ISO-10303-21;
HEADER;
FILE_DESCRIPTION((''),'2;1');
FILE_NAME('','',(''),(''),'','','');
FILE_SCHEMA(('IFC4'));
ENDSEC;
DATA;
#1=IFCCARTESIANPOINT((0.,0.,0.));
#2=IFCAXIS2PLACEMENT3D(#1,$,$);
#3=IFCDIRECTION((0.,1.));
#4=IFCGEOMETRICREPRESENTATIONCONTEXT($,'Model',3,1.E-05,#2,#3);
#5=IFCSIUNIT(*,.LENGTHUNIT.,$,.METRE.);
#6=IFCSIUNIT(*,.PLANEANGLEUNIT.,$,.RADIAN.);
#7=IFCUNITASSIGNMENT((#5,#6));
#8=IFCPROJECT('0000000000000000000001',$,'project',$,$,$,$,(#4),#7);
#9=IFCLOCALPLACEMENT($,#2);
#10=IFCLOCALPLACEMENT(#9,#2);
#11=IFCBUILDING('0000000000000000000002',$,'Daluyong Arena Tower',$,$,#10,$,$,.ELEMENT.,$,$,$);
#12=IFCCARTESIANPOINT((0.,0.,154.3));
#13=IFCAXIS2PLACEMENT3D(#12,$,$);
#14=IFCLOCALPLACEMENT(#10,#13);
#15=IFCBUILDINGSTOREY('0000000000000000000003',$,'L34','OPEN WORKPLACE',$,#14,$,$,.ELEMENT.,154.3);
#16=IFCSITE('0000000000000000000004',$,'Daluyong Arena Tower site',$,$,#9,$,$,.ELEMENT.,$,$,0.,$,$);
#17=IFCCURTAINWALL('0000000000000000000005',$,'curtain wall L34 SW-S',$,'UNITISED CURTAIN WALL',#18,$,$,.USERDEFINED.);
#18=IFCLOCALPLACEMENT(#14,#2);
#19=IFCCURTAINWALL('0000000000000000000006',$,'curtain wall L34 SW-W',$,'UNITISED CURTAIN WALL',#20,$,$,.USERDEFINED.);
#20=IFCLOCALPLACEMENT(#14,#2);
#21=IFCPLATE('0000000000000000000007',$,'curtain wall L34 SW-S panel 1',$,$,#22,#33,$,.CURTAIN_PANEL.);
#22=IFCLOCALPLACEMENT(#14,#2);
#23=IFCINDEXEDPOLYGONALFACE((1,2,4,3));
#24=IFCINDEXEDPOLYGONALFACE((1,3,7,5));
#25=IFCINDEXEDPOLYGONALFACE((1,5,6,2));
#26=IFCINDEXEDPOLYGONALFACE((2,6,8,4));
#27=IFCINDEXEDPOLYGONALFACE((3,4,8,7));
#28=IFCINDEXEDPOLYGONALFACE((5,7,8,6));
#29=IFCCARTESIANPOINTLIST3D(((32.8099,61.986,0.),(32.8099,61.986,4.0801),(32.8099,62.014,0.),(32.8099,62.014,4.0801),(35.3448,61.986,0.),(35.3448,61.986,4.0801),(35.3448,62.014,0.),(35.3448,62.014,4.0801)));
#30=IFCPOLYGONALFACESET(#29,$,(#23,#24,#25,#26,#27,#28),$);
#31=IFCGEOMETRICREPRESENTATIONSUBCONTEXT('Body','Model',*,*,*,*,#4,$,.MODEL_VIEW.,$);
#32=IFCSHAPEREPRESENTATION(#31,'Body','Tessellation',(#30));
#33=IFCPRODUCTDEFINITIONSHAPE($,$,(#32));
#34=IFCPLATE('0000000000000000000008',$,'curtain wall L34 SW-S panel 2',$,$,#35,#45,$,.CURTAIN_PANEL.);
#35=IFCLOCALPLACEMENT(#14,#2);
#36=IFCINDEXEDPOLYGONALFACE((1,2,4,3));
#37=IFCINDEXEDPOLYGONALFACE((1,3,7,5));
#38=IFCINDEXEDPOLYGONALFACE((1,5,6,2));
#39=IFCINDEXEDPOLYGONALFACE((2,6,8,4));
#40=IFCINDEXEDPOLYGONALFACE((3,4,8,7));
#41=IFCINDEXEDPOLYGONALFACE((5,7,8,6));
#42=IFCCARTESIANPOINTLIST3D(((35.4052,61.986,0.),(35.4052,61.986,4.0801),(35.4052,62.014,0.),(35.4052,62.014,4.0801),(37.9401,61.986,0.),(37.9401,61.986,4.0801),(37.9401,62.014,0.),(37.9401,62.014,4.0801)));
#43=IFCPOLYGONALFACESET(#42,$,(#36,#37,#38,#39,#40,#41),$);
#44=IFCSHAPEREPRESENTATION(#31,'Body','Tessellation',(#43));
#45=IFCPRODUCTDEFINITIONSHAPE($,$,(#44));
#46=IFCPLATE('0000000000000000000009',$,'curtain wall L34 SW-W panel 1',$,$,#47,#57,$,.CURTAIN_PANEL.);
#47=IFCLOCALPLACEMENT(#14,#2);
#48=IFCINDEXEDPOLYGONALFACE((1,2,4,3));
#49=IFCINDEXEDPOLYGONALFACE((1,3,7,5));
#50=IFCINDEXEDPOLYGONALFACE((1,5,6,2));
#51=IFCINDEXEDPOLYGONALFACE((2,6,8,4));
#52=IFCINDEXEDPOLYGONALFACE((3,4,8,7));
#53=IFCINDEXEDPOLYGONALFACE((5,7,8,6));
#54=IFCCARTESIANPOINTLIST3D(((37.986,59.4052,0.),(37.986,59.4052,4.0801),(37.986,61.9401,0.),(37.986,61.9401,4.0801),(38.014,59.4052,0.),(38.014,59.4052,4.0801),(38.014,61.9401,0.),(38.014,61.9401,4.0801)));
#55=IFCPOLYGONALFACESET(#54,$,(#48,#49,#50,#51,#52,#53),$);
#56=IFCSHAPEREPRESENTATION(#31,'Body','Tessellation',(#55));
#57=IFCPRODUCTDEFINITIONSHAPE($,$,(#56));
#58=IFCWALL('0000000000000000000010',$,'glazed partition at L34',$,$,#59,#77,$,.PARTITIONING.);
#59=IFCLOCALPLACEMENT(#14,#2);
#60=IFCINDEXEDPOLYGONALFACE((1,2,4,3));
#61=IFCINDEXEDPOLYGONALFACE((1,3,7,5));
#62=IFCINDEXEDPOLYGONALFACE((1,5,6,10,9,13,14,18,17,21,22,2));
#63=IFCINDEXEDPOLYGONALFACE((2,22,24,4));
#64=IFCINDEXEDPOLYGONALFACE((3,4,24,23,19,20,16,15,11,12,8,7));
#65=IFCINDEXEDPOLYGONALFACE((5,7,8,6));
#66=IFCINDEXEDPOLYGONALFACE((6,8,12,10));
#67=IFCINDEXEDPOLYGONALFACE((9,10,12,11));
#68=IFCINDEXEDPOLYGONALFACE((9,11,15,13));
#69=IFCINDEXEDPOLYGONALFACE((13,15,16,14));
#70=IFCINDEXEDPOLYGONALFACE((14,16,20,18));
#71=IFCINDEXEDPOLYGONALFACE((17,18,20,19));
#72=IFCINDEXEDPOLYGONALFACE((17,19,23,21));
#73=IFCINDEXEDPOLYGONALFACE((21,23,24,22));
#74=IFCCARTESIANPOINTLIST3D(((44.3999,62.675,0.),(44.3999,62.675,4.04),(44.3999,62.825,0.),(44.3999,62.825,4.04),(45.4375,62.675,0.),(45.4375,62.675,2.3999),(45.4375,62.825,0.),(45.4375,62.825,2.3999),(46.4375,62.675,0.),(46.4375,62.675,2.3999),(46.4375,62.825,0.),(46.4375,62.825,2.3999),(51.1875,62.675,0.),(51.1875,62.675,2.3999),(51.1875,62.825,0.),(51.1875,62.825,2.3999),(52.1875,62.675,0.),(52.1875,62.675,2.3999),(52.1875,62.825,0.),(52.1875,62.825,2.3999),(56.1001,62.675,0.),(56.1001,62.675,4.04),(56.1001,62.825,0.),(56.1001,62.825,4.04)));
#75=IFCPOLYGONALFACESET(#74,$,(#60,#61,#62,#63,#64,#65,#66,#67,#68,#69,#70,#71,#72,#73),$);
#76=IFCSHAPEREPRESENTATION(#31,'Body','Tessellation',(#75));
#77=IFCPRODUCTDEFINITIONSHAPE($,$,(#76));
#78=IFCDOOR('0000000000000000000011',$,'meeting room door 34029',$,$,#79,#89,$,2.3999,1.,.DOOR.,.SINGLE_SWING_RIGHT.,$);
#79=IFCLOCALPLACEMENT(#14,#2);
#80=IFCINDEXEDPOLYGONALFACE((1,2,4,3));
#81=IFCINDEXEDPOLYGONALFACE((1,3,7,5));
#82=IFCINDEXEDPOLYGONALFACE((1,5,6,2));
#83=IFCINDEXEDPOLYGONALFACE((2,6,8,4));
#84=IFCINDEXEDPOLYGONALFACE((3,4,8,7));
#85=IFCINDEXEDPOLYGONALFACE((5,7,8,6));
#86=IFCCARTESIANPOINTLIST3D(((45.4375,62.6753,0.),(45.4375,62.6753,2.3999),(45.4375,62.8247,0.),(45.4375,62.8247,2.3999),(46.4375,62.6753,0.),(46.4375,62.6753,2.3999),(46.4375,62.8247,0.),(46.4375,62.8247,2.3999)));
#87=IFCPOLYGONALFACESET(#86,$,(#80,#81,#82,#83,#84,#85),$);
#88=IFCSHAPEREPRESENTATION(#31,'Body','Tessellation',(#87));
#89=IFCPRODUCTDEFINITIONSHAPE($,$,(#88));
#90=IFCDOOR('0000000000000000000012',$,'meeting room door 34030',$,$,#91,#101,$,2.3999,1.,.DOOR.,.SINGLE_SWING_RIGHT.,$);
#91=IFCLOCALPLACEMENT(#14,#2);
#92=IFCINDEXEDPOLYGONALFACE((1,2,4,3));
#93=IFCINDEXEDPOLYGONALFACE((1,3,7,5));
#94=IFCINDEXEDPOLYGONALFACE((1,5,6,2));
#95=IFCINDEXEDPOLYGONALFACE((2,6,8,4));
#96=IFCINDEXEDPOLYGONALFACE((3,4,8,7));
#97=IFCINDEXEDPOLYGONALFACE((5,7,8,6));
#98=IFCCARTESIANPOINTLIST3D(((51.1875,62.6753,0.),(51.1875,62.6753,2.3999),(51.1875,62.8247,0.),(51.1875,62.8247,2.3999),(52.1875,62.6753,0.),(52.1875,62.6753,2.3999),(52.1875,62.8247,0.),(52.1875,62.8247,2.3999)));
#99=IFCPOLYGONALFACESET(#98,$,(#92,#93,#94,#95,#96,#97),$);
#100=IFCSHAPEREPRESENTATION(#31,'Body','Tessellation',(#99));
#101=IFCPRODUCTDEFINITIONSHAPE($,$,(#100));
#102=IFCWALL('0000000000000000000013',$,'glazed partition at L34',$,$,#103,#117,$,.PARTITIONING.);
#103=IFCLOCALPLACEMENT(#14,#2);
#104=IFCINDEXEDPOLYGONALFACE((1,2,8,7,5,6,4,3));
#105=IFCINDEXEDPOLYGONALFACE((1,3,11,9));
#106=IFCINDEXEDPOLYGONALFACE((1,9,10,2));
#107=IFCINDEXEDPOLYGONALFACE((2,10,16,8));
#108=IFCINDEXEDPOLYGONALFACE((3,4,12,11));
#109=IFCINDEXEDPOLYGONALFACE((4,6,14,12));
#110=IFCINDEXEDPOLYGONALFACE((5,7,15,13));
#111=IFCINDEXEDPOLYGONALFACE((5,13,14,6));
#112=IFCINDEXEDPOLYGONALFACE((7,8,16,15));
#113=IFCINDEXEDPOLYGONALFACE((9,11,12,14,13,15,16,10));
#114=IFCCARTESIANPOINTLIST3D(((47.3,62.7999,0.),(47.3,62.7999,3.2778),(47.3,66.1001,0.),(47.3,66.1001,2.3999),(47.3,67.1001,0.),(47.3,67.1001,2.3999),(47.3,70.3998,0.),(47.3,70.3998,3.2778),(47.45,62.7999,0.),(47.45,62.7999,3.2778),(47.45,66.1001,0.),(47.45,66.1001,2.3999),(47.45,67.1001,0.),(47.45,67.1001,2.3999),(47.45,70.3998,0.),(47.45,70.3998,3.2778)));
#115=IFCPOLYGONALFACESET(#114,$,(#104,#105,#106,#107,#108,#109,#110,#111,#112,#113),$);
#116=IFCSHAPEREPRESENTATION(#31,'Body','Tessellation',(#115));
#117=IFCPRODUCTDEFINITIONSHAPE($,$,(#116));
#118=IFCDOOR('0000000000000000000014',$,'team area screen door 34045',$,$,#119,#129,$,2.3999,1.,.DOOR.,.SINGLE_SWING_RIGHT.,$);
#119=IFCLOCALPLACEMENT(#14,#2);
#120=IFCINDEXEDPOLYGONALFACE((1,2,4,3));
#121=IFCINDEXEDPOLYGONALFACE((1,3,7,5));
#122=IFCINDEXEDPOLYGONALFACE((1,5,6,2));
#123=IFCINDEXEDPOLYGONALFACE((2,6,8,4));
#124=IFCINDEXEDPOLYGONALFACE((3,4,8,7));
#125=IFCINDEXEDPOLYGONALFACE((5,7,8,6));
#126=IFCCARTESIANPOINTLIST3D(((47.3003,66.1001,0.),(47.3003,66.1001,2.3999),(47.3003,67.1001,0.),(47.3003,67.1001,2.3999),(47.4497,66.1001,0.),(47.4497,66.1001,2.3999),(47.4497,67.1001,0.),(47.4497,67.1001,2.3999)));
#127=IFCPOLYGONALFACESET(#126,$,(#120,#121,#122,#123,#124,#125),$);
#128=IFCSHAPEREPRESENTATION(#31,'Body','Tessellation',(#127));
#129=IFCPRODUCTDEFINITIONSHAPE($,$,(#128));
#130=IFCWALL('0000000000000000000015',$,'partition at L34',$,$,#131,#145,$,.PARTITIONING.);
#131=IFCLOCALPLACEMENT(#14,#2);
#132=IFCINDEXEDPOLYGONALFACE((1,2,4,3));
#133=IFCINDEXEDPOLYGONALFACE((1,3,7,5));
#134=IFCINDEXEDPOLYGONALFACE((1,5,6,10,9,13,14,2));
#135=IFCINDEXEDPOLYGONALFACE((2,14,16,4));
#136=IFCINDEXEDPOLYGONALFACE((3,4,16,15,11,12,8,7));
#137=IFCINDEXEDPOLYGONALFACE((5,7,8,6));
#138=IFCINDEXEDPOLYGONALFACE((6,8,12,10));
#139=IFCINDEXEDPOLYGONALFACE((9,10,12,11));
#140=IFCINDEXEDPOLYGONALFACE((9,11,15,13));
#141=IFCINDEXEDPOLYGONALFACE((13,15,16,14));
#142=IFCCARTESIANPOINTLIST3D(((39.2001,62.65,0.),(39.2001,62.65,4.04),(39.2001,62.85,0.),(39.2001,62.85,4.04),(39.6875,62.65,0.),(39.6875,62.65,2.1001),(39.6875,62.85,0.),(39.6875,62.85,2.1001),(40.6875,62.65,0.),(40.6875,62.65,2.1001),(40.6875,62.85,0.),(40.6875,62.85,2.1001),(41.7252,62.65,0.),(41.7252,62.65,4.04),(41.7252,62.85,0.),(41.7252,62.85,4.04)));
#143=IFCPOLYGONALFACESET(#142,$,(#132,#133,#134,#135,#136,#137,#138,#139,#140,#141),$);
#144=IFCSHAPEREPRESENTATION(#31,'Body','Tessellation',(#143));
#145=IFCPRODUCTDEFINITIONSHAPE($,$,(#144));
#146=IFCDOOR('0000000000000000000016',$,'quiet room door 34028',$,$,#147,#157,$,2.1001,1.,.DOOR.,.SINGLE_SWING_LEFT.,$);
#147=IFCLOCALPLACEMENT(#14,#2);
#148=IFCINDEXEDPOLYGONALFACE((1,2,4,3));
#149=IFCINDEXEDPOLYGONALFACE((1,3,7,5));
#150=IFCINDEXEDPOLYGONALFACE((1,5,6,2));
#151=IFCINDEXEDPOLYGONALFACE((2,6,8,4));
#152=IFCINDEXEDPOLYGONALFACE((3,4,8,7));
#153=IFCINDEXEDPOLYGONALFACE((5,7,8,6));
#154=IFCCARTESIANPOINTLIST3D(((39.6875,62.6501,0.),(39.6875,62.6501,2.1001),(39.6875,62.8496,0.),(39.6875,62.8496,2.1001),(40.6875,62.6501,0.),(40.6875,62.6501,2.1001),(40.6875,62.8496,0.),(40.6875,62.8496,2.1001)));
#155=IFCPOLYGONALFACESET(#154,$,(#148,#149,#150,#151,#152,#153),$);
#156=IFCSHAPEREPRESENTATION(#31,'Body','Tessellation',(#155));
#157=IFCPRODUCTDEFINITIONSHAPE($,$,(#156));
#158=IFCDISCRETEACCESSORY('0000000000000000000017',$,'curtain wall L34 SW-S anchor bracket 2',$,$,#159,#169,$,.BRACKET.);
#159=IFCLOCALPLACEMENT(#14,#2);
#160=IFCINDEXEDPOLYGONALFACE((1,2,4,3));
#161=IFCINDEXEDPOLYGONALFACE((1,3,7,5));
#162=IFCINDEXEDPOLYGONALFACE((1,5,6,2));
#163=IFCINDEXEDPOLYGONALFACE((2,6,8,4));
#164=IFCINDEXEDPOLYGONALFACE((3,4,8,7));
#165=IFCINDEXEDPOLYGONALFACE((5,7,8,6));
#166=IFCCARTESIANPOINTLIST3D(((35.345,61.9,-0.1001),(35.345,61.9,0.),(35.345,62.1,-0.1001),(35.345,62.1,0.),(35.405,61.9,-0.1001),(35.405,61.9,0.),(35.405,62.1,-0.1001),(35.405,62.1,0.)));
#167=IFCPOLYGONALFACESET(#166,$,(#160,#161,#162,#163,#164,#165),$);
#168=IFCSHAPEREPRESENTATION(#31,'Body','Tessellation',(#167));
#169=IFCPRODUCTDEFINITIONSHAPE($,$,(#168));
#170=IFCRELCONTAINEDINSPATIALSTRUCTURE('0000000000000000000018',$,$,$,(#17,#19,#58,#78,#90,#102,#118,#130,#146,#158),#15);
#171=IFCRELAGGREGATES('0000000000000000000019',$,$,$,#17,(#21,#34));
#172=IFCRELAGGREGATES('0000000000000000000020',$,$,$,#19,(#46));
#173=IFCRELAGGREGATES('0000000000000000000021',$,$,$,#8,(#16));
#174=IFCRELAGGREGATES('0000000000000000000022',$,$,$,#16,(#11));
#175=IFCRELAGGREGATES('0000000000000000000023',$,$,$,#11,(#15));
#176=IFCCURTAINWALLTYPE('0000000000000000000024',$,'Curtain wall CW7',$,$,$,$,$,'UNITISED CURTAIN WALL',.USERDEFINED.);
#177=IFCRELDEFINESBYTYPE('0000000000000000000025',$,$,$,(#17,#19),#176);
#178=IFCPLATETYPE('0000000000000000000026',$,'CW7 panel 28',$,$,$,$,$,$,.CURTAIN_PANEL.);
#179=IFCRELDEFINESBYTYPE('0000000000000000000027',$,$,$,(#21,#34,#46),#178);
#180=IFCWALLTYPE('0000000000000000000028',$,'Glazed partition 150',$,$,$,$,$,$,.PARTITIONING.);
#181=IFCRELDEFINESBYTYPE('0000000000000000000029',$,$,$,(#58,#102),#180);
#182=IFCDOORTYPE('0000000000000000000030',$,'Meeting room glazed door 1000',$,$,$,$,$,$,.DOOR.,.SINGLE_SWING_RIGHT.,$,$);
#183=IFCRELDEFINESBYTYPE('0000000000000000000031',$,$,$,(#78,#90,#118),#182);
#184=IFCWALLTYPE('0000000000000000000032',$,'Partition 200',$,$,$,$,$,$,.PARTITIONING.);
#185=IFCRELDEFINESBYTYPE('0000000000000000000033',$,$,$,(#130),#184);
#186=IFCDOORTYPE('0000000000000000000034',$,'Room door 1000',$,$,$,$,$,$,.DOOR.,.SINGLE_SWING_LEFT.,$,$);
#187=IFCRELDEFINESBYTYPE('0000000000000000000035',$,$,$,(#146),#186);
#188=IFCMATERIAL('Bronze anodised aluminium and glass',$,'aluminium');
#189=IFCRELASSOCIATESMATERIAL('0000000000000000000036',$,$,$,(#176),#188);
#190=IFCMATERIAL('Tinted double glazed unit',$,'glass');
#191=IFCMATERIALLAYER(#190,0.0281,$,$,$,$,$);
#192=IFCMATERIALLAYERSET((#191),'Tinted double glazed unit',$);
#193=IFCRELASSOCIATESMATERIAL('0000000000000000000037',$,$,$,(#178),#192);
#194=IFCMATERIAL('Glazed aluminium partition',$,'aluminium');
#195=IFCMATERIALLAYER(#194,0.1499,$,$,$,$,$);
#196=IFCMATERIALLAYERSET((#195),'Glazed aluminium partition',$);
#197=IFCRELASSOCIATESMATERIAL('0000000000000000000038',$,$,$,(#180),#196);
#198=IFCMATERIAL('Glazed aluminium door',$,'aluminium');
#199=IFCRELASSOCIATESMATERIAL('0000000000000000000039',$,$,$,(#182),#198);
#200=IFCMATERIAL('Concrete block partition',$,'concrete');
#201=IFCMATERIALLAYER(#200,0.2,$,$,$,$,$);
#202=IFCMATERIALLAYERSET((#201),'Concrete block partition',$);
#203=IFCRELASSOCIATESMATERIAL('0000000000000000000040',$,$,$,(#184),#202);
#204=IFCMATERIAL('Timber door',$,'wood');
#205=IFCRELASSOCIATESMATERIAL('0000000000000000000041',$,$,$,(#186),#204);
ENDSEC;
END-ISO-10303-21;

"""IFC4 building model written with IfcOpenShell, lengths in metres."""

from ifc_helpers import new_model, si_unit, direction, frame, frame_2d, origin, origin_2d, place, context, subcontext, project, spatial, rectangle, extrude, material, layer, layer_set, type_object, element, fill, aggregate, save


model = new_model("IFC4")

# Units and contexts
model_context = context("Model", 3, precision=1e-05, world=origin(), true_north=direction((0.0, 1.0)))
body_context = subcontext(model_context, "Body", "Model", "MODEL_VIEW")
ifc_project = project(units=[si_unit("LENGTHUNIT", "METRE"), si_unit("PLANEANGLEUNIT", "RADIAN")], contexts=[model_context])

# Site, building, storey
site_placement = place(None, origin())
site = spatial("IfcSite", under=ifc_project, at=site_placement, Name="Daluyong Arena Tower site", CompositionType="ELEMENT", RefElevation=0.0)
building_placement = place(site_placement, origin())
building = spatial("IfcBuilding", under=site, at=building_placement, Name="Daluyong Arena Tower", CompositionType="ELEMENT")
storey_placement = place(building_placement, frame((0.0, 0.0, 154.3)))
storey = spatial("IfcBuildingStorey", under=building, at=storey_placement, Name="L34", Description="OPEN WORKPLACE", CompositionType="ELEMENT", Elevation=154.3)

# Curtain wall
ifc_material_1 = material(Name="Bronze anodised aluminium and glass", Category="aluminium")
curtain_wall_type = type_object("IfcCurtainWallType", Name="Curtain wall CW7", ElementType="UNITISED CURTAIN WALL", PredefinedType="USERDEFINED", material=ifc_material_1)
curtain_wall_1_placement = place(storey_placement, origin())
curtain_wall_1 = element("IfcCurtainWall", 1, at=curtain_wall_1_placement, inside=storey, type_object=curtain_wall_type, Name="curtain wall L34 SW-S", ObjectType="UNITISED CURTAIN WALL", PredefinedType="USERDEFINED")

# Curtain wall
curtain_wall_2_placement = place(storey_placement, origin())
curtain_wall_2 = element("IfcCurtainWall", 2, at=curtain_wall_2_placement, inside=storey, type_object=curtain_wall_type, Name="curtain wall L34 SW-W", ObjectType="UNITISED CURTAIN WALL", PredefinedType="USERDEFINED")

# Plates
ifc_material_2 = material(Name="Tinted double glazed unit", Category="glass")
ifc_layer_1 = layer(ifc_material_2, 0.0281)
ifc_layer_set_1 = layer_set([ifc_layer_1], Name="Tinted double glazed unit")
plate_type = type_object("IfcPlateType", Name="CW7 panel 28", PredefinedType="CURTAIN_PANEL", material=ifc_layer_set_1)
plate_1_placement = place(storey_placement, frame((34.0774, 62.0, 0.0), z_axis=(0.0, 0.0, 1.0), x_axis=(1.0, 0.0, 0.0)))
plate_1 = element("IfcPlate", 3, at=plate_1_placement, type_object=plate_type, Name="curtain wall L34 SW-S panel 1", PredefinedType="CURTAIN_PANEL", context=body_context, shape_type="SweptSolid", body=[
    extrude(rectangle(XDim=2.5349, YDim=0.0281, at=origin_2d()), origin(), (0.0, 0.0, 1.0), 4.0801),
])
plate_2_placement = place(storey_placement, frame((36.6726, 62.0, 0.0), z_axis=(0.0, 0.0, 1.0), x_axis=(1.0, 0.0, 0.0)))
plate_2 = element("IfcPlate", 4, at=plate_2_placement, type_object=plate_type, Name="curtain wall L34 SW-S panel 2", PredefinedType="CURTAIN_PANEL", context=body_context, shape_type="SweptSolid", body=[
    extrude(rectangle(XDim=2.5349, YDim=0.0281, at=origin_2d()), origin(), (0.0, 0.0, 1.0), 4.0801),
])
aggregate(curtain_wall_1, [plate_1, plate_2])
plate_3_placement = place(storey_placement, frame((38.0, 60.6726, 0.0), z_axis=(0.0, 0.0, 1.0), x_axis=(0.0, -1.0, 0.0)))
plate_3 = element("IfcPlate", 5, at=plate_3_placement, type_object=plate_type, Name="curtain wall L34 SW-W panel 1", PredefinedType="CURTAIN_PANEL", context=body_context, shape_type="SweptSolid", body=[
    extrude(rectangle(XDim=2.5349, YDim=0.0281, at=origin_2d()), origin(), (0.0, 0.0, 1.0), 4.0801),
])
aggregate(curtain_wall_2, [plate_3])

# Wall, openings, doors
ifc_material_3 = material(Name="Glazed aluminium partition", Category="aluminium")
ifc_layer_2 = layer(ifc_material_3, 0.1499)
ifc_layer_set_2 = layer_set([ifc_layer_2], Name="Glazed aluminium partition")
wall_type_1 = type_object("IfcWallType", Name="Glazed partition 150", PredefinedType="PARTITIONING", material=ifc_layer_set_2)
wall_1_placement = place(storey_placement, frame((44.3999, 62.75, 0.0), z_axis=(0.0, 0.0, 1.0), x_axis=(1.0, 0.0, 0.0)))
wall_1 = element("IfcWall", 6, at=wall_1_placement, inside=storey, type_object=wall_type_1, Name="glazed partition at L34", PredefinedType="PARTITIONING", context=body_context, shape_type="SweptSolid", body=[
    extrude(rectangle(XDim=11.7002, YDim=0.1499, at=frame_2d((5.8501, 0.0))), origin(), (0.0, 0.0, 1.0), 4.04),
])
opening_1_placement = place(wall_1_placement, frame((1.0376, 0.0, 0.0)))
opening_1 = element("IfcOpeningElement", 7, at=opening_1_placement, cuts=wall_1, PredefinedType="OPENING", context=body_context, shape_type="SweptSolid", body=[
    extrude(rectangle(XDim=1.0, YDim=2.3999, at=frame_2d((0.5, 1.2))), frame((0.0, 0.085, 0.0), z_axis=(0.0, -1.0, 0.0), x_axis=(1.0, 0.0, 0.0)), (0.0, 0.0, 1.0), 0.1699),
])
opening_2_placement = place(wall_1_placement, frame((6.7876, 0.0, 0.0)))
opening_2 = element("IfcOpeningElement", 8, at=opening_2_placement, cuts=wall_1, PredefinedType="OPENING", context=body_context, shape_type="SweptSolid", body=[
    extrude(rectangle(XDim=1.0, YDim=2.3999, at=frame_2d((0.5, 1.2))), frame((0.0, 0.085, 0.0), z_axis=(0.0, -1.0, 0.0), x_axis=(1.0, 0.0, 0.0)), (0.0, 0.0, 1.0), 0.1699),
])
ifc_material_4 = material(Name="Glazed aluminium door", Category="aluminium")
door_type_1 = type_object("IfcDoorType", Name="Meeting room glazed door 1000", OperationType="SINGLE_SWING_RIGHT", PredefinedType="DOOR", material=ifc_material_4)
door_1_placement = place(opening_1_placement, origin())
door_1 = element("IfcDoor", 9, at=door_1_placement, inside=storey, type_object=door_type_1, Name="meeting room door 34029", OperationType="SINGLE_SWING_RIGHT", OverallHeight=2.3999, OverallWidth=1.0, PredefinedType="DOOR", context=body_context, shape_type="SweptSolid", body=[
    extrude(rectangle(XDim=1.0, YDim=2.3999, at=frame_2d((0.5, 1.2))), frame((0.0, 0.0747, 0.0), z_axis=(0.0, -1.0, 0.0), x_axis=(1.0, 0.0, 0.0)), (0.0, 0.0, 1.0), 0.1494),
])
fill(opening_1, door_1)
door_2_placement = place(opening_2_placement, origin())
door_2 = element("IfcDoor", 10, at=door_2_placement, inside=storey, type_object=door_type_1, Name="meeting room door 34030", OperationType="SINGLE_SWING_RIGHT", OverallHeight=2.3999, OverallWidth=1.0, PredefinedType="DOOR", context=body_context, shape_type="SweptSolid", body=[
    extrude(rectangle(XDim=1.0, YDim=2.3999, at=frame_2d((0.5, 1.2))), frame((0.0, 0.0747, 0.0), z_axis=(0.0, -1.0, 0.0), x_axis=(1.0, 0.0, 0.0)), (0.0, 0.0, 1.0), 0.1494),
])
fill(opening_2, door_2)

# Walls, openings, doors
wall_2_placement = place(storey_placement, frame((47.375, 62.8, 0.0), z_axis=(0.0, 0.0, 1.0), x_axis=(0.0, 1.0, 0.0)))
wall_2 = element("IfcWall", 11, at=wall_2_placement, inside=storey, type_object=wall_type_1, Name="glazed partition at L34", PredefinedType="PARTITIONING", context=body_context, shape_type="SweptSolid", body=[
    extrude(rectangle(XDim=7.5999, YDim=0.1499, at=frame_2d((3.7998, 0.0))), origin(), (0.0, 0.0, 1.0), 3.2778),
])
opening_3_placement = place(wall_2_placement, frame((3.3, 0.0, 0.0)))
opening_3 = element("IfcOpeningElement", 12, at=opening_3_placement, cuts=wall_2, PredefinedType="OPENING", context=body_context, shape_type="SweptSolid", body=[
    extrude(rectangle(XDim=1.0, YDim=2.3999, at=frame_2d((0.5, 1.2))), frame((0.0, 0.085, 0.0), z_axis=(0.0, -1.0, 0.0), x_axis=(1.0, 0.0, 0.0)), (0.0, 0.0, 1.0), 0.1699),
])
door_3_placement = place(opening_3_placement, origin())
door_3 = element("IfcDoor", 13, at=door_3_placement, inside=storey, type_object=door_type_1, Name="team area screen door 34045", OperationType="SINGLE_SWING_RIGHT", OverallHeight=2.3999, OverallWidth=1.0, PredefinedType="DOOR", context=body_context, shape_type="SweptSolid", body=[
    extrude(rectangle(XDim=1.0, YDim=2.3999, at=frame_2d((0.5, 1.2))), frame((0.0, 0.0747, 0.0), z_axis=(0.0, -1.0, 0.0), x_axis=(1.0, 0.0, 0.0)), (0.0, 0.0, 1.0), 0.1494),
])
fill(opening_3, door_3)
ifc_material_5 = material(Name="Concrete block partition", Category="concrete")
ifc_layer_3 = layer(ifc_material_5, 0.2)
ifc_layer_set_3 = layer_set([ifc_layer_3], Name="Concrete block partition")
wall_type_2 = type_object("IfcWallType", Name="Partition 200", PredefinedType="PARTITIONING", material=ifc_layer_set_3)
wall_3_placement = place(storey_placement, frame((39.2, 62.75, 0.0), z_axis=(0.0, 0.0, 1.0), x_axis=(1.0, 0.0, 0.0)))
wall_3 = element("IfcWall", 14, at=wall_3_placement, inside=storey, type_object=wall_type_2, Name="partition at L34", PredefinedType="PARTITIONING", context=body_context, shape_type="SweptSolid", body=[
    extrude(rectangle(XDim=2.5251, YDim=0.2, at=frame_2d((1.2627, 0.0))), origin(), (0.0, 0.0, 1.0), 4.04),
])
opening_4_placement = place(wall_3_placement, frame((0.4875, 0.0, 0.0)))
opening_4 = element("IfcOpeningElement", 15, at=opening_4_placement, cuts=wall_3, PredefinedType="OPENING", context=body_context, shape_type="SweptSolid", body=[
    extrude(rectangle(XDim=1.0, YDim=2.1001, at=frame_2d((0.5, 1.05))), frame((0.0, 0.1099, 0.0), z_axis=(0.0, -1.0, 0.0), x_axis=(1.0, 0.0, 0.0)), (0.0, 0.0, 1.0), 0.22),
])
ifc_material_6 = material(Name="Timber door", Category="wood")
door_type_2 = type_object("IfcDoorType", Name="Room door 1000", OperationType="SINGLE_SWING_LEFT", PredefinedType="DOOR", material=ifc_material_6)
door_4_placement = place(opening_4_placement, origin())
door_4 = element("IfcDoor", 16, at=door_4_placement, inside=storey, type_object=door_type_2, Name="quiet room door 34028", OperationType="SINGLE_SWING_LEFT", OverallHeight=2.1001, OverallWidth=1.0, PredefinedType="DOOR", context=body_context, shape_type="SweptSolid", body=[
    extrude(rectangle(XDim=1.0, YDim=2.1001, at=frame_2d((0.5, 1.05))), frame((0.0, 0.0996, 0.0), z_axis=(0.0, -1.0, 0.0), x_axis=(1.0, 0.0, 0.0)), (0.0, 0.0, 1.0), 0.1995),
])
fill(opening_4, door_4)

# Discrete accessory
discrete_accessory_placement = place(storey_placement, frame((35.375, 62.0, -0.1001), z_axis=(0.0, 0.0, 1.0), x_axis=(1.0, 0.0, 0.0)))
element("IfcDiscreteAccessory", 17, at=discrete_accessory_placement, inside=storey, Name="curtain wall L34 SW-S anchor bracket 2", PredefinedType="BRACKET", context=body_context, shape_type="SweptSolid", body=[
    extrude(rectangle(XDim=0.0601, YDim=0.2, at=origin_2d()), origin(), (0.0, 0.0, 1.0), 0.1001),
])

save(model, "model.ifc")
